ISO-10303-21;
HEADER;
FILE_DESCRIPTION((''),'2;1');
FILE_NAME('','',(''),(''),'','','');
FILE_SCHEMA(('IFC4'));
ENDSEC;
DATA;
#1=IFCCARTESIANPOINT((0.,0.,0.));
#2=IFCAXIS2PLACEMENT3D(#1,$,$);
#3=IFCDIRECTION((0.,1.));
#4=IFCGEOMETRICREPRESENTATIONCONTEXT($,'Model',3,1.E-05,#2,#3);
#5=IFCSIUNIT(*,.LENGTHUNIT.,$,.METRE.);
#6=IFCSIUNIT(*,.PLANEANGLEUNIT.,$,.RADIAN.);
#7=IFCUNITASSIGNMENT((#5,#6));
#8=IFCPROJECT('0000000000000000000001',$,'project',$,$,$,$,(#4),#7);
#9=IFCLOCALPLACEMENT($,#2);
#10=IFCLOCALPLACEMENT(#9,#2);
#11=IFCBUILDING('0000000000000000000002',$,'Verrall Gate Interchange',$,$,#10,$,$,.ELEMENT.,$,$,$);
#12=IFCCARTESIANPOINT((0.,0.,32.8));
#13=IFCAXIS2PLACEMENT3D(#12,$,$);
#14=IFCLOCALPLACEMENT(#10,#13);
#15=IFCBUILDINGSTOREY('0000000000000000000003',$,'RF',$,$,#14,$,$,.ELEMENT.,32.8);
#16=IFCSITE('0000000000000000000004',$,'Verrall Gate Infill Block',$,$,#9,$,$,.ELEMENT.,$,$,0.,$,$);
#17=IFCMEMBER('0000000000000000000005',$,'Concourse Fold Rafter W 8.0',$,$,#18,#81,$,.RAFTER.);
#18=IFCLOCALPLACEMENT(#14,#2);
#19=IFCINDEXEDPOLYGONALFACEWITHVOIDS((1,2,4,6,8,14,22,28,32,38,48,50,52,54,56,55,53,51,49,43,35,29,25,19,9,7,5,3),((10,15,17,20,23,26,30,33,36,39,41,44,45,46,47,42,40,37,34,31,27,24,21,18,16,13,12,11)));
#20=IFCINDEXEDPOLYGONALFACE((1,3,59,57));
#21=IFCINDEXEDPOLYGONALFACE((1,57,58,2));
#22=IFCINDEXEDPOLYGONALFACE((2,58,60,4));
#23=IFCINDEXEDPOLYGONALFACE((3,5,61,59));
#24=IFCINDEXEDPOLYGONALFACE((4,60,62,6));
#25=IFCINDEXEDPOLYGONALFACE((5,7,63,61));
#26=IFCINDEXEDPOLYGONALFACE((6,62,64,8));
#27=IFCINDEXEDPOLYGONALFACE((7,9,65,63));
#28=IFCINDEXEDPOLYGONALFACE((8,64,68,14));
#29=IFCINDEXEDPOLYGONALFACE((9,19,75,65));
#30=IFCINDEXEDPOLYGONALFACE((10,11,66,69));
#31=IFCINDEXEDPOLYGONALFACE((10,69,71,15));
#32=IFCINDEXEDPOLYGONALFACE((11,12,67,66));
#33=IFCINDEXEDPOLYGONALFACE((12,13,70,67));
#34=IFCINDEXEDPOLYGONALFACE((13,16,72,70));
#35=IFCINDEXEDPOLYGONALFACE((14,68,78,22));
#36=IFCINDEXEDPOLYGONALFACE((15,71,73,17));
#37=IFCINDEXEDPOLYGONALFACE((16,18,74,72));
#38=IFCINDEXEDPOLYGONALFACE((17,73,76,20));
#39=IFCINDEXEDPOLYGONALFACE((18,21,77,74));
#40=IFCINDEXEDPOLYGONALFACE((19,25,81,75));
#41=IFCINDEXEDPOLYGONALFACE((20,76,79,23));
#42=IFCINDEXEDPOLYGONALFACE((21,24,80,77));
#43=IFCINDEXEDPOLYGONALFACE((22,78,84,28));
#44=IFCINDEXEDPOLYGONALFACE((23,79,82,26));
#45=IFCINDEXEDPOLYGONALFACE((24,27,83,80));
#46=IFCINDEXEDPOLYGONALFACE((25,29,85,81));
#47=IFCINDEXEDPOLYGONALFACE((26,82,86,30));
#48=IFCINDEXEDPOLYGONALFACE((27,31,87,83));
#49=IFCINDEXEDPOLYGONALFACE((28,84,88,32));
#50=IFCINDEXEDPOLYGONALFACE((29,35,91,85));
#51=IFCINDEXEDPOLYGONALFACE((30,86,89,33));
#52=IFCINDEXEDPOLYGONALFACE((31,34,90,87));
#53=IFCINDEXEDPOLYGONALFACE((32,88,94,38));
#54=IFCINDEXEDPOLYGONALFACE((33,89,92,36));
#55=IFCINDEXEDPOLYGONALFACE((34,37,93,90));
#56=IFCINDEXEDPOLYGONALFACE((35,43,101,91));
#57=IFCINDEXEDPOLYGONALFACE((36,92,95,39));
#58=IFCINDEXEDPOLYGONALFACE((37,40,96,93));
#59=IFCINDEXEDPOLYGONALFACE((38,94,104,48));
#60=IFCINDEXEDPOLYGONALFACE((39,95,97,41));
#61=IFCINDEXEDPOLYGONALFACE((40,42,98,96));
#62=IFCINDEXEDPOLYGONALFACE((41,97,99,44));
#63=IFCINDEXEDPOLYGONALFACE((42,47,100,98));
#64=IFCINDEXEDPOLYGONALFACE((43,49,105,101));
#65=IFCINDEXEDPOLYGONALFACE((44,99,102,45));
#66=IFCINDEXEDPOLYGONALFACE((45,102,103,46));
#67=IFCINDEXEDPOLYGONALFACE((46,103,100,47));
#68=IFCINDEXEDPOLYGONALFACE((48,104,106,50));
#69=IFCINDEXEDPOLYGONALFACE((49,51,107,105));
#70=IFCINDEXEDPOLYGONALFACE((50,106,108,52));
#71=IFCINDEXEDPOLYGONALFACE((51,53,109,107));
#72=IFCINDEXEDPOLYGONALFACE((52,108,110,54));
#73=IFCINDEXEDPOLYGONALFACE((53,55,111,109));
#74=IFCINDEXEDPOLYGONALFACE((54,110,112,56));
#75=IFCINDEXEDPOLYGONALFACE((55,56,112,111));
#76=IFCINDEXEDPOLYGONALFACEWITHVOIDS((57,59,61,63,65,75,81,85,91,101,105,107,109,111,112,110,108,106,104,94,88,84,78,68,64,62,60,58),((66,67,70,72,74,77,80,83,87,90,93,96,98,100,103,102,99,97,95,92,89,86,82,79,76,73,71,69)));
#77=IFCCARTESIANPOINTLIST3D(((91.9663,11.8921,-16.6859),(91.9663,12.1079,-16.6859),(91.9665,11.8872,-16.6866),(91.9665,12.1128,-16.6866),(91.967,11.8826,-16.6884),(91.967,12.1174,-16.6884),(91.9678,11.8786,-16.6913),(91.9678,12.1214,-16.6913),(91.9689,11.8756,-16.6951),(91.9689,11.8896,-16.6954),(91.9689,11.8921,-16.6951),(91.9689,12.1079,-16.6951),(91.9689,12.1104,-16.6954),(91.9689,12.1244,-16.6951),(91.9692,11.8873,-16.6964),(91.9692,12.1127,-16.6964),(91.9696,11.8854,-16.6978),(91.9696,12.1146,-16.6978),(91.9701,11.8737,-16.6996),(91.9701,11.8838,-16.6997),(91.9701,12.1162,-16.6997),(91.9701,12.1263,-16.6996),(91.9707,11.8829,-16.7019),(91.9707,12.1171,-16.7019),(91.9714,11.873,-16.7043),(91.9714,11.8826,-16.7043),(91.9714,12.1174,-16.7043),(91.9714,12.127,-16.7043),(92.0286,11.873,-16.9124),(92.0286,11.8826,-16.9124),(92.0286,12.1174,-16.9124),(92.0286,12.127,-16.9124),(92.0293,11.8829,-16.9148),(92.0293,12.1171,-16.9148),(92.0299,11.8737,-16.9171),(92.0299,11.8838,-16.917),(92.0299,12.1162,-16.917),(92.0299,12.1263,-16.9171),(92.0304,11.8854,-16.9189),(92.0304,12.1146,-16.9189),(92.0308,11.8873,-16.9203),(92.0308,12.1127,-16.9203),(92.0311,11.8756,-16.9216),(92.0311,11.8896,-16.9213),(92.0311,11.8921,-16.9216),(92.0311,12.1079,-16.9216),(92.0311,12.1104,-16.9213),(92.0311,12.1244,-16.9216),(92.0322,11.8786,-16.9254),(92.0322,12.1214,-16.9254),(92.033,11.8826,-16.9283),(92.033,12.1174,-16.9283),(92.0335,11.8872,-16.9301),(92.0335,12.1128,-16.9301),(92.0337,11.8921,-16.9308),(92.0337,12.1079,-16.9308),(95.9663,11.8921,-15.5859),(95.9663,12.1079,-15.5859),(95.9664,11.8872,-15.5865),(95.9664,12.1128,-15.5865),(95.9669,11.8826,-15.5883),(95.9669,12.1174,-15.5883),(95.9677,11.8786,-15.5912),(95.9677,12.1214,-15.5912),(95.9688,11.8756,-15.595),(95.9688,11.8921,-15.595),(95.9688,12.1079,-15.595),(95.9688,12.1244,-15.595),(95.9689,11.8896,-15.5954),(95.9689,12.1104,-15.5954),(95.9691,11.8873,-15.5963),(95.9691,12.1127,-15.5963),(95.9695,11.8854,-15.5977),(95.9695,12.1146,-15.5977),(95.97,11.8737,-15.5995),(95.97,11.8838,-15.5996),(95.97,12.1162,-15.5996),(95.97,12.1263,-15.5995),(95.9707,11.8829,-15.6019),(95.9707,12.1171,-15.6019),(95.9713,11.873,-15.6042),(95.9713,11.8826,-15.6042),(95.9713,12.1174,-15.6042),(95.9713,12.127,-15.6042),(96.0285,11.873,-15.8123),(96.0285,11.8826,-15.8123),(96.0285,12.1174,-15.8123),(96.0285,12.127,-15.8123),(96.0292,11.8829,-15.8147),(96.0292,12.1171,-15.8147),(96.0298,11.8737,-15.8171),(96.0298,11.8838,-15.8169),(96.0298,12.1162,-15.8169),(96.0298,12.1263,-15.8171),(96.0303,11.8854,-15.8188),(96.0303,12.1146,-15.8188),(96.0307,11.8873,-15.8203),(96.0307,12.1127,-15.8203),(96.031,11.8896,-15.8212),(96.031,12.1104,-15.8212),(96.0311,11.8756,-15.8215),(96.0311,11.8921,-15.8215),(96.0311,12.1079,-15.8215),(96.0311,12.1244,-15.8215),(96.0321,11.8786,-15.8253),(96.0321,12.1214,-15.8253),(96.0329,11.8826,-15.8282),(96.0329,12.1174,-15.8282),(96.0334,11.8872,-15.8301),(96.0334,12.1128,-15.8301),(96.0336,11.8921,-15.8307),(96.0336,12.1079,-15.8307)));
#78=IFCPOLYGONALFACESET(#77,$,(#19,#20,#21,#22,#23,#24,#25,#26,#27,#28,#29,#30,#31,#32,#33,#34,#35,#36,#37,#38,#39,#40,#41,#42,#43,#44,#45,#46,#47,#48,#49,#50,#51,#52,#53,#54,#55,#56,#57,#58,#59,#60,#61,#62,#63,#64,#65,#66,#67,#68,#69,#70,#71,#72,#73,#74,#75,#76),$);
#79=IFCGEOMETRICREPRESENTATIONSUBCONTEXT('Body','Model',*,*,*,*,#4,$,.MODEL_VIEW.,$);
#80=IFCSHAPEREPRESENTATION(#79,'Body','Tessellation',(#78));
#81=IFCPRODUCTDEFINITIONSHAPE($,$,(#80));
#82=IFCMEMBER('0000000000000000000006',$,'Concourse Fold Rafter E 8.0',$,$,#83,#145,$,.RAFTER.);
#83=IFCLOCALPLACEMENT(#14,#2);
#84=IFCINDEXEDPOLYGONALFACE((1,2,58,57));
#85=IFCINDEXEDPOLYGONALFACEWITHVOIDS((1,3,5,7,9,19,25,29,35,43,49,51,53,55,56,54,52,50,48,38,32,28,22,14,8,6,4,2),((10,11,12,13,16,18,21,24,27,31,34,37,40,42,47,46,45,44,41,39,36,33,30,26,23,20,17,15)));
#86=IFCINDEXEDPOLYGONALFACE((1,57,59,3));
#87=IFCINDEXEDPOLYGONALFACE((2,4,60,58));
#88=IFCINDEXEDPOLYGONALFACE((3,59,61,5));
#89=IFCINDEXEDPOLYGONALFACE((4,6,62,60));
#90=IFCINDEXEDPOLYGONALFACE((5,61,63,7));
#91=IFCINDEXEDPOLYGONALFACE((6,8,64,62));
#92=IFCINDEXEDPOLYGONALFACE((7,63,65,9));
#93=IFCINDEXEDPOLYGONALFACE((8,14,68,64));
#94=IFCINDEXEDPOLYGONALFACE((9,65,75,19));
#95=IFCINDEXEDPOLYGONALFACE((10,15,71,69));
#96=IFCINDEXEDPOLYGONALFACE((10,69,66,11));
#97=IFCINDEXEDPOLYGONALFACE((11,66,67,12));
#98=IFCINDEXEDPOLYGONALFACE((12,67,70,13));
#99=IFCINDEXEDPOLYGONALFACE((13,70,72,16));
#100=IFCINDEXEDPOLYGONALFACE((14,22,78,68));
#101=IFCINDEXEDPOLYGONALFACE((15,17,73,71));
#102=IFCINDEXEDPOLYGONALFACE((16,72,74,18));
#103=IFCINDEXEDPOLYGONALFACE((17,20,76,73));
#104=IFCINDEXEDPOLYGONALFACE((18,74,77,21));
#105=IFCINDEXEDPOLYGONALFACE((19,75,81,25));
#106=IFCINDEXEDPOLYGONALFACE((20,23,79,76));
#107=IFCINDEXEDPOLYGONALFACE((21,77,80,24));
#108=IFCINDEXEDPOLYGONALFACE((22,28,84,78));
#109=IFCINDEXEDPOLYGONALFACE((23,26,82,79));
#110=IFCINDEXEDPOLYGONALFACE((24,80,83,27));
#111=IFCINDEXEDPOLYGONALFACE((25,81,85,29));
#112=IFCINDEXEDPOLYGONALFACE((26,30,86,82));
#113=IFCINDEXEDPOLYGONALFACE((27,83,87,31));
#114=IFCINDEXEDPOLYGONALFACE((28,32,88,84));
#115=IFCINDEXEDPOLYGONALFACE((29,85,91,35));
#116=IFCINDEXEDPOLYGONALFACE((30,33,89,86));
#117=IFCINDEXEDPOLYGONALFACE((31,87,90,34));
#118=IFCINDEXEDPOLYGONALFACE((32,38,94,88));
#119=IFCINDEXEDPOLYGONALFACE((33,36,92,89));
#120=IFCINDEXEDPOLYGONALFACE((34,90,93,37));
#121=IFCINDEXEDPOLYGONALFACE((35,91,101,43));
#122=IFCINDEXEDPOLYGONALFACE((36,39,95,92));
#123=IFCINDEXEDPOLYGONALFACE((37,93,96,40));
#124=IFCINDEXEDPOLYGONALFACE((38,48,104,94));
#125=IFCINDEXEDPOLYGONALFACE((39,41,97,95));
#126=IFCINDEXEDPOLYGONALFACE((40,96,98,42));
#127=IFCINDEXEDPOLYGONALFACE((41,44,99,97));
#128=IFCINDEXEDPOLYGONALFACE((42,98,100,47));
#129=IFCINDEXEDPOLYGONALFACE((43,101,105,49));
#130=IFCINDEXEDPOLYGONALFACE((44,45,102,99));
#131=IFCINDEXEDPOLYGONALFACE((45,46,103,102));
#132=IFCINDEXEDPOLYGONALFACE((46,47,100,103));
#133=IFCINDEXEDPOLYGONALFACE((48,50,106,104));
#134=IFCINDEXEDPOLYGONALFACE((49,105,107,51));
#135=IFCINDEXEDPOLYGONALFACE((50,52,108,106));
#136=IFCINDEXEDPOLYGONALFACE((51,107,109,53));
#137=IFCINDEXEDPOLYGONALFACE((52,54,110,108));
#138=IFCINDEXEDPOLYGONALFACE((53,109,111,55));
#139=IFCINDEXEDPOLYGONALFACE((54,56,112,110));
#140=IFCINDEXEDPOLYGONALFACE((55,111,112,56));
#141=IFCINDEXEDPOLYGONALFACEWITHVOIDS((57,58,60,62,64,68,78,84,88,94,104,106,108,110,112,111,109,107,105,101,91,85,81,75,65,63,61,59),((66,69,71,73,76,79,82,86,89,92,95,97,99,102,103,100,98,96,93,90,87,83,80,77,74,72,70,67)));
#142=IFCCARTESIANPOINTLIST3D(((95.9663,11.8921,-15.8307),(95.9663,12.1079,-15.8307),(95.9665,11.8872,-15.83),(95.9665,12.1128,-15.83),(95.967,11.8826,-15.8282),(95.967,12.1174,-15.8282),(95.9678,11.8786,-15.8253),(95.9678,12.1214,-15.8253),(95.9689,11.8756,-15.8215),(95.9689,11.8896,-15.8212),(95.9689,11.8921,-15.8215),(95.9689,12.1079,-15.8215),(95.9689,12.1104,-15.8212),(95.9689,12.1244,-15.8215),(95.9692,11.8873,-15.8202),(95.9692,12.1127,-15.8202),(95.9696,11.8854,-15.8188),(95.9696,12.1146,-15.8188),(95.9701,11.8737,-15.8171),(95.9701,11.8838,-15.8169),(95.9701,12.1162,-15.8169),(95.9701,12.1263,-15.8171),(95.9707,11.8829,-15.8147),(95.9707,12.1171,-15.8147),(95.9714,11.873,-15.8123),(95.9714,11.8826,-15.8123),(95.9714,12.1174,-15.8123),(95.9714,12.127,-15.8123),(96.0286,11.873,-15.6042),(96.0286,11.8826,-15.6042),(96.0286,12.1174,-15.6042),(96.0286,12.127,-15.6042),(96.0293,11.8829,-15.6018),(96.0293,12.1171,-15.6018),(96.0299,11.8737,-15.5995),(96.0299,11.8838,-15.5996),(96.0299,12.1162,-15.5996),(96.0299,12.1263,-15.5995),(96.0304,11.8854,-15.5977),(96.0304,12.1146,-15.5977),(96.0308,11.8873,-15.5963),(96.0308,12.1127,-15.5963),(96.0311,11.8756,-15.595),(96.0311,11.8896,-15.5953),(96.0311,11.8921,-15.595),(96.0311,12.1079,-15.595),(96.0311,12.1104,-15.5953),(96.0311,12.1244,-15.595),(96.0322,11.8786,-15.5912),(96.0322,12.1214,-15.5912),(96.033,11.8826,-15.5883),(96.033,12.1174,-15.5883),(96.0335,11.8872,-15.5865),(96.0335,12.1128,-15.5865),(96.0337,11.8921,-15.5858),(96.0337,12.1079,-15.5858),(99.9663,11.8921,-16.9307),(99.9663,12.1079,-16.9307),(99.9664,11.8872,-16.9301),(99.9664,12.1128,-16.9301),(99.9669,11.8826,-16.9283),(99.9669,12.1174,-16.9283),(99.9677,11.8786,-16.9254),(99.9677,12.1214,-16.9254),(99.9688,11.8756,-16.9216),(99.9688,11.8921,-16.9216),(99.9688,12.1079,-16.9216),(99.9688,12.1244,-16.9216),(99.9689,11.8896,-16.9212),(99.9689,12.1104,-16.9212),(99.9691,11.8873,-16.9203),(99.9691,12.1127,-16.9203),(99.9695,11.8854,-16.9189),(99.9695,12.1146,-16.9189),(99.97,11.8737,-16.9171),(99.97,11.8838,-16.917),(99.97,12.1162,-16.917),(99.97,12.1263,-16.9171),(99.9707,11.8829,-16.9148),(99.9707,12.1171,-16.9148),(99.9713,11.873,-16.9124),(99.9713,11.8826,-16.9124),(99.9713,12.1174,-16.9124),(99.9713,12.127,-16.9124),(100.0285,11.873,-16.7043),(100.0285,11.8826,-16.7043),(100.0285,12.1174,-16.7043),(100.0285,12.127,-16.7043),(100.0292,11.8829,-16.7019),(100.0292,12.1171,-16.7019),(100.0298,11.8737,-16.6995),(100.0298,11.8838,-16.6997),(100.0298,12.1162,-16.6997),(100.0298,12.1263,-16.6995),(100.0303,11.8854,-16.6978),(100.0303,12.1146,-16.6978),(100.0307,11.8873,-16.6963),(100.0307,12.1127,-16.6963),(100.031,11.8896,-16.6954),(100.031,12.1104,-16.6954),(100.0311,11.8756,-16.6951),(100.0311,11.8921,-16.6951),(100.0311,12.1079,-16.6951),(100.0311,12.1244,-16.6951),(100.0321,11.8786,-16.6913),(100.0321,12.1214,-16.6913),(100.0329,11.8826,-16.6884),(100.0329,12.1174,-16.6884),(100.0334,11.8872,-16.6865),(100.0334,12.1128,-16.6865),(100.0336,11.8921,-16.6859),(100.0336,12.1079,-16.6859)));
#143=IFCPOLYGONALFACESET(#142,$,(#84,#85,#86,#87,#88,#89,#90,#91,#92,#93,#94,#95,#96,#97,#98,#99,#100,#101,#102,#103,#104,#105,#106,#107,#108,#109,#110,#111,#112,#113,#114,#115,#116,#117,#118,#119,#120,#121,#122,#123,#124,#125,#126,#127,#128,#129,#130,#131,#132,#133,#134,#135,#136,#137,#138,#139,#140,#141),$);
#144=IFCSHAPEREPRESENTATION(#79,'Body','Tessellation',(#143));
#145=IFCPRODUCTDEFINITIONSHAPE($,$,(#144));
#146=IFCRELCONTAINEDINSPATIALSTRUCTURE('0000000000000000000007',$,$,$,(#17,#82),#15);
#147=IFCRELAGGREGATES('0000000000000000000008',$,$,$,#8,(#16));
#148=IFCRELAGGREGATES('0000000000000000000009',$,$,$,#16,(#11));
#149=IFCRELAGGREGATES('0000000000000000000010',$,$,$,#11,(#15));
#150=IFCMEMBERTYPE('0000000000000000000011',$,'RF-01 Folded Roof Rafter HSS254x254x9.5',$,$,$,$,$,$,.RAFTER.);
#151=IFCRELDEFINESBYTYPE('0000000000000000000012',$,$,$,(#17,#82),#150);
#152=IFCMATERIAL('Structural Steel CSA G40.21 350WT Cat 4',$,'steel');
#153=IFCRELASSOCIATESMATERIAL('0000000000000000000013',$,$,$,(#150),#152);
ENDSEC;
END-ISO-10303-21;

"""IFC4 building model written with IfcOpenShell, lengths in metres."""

from ifc_helpers import new_model, si_unit, direction, frame, origin, origin_2d, place, context, subcontext, project, spatial, hollow_rectangle, extrude, material, material_profile, profile_set, type_object, element, save


model = new_model("IFC4")

# Units and contexts
model_context = context("Model", 3, precision=1e-05, world=origin(), true_north=direction((0.0, 1.0)))
body_context = subcontext(model_context, "Body", "Model", "MODEL_VIEW")
ifc_project = project(units=[si_unit("LENGTHUNIT", "METRE"), si_unit("PLANEANGLEUNIT", "RADIAN")], contexts=[model_context])

# Site, building, storey
site_placement = place(None, origin())
site = spatial("IfcSite", under=ifc_project, at=site_placement, Name="Verrall Gate Infill Block", CompositionType="ELEMENT", RefElevation=0.0)
building_placement = place(site_placement, origin())
building = spatial("IfcBuilding", under=site, at=building_placement, Name="Verrall Gate Interchange", CompositionType="ELEMENT")
storey_placement = place(building_placement, frame((0.0, 0.0, 32.8)))
storey = spatial("IfcBuildingStorey", under=building, at=storey_placement, Name="RF", CompositionType="ELEMENT", Elevation=32.8)

# Members
ifc_material_1 = material(Name="Structural Steel CSA G40.21 350WT Cat 4", Category="steel")
ifc_material_profile_1 = material_profile(ifc_material_1, hollow_rectangle(XDim=0.2539, YDim=0.2539, WallThickness=0.0095, InnerFilletRadius=0.0095, OuterFilletRadius=0.019, at=origin_2d()), Name="HSS254x254x9.5")
ifc_profile_set_1 = profile_set([ifc_material_profile_1], Name="Structural Steel CSA G40.21 350WT Cat 4")
member_type_1 = type_object("IfcMemberType", Name="RF-01 Folded Roof Rafter HSS254x254x9.5", PredefinedType="RAFTER", material=ifc_profile_set_1)
for number, where, z_axis, x_axis, name in (
    (1, (92.0, 12.0, -16.8083), (0.964199, 0.0, 0.265178), (0.0, 1.0, 0.0), "Concourse Fold Rafter W 8.0"),
    (2, (96.0, 12.0, -15.7083), (0.964199, 0.0, -0.265178), (0.0, 1.0, 0.0), "Concourse Fold Rafter E 8.0"),
):
    element("IfcMember", number, at=place(storey_placement, frame(where, z_axis=z_axis, x_axis=x_axis)), inside=storey, type_object=member_type_1, Name=name, PredefinedType="RAFTER", context=body_context, shape_type="SweptSolid", body=[
        extrude(hollow_rectangle(XDim=0.2539, YDim=0.2539, WallThickness=0.0095, InnerFilletRadius=0.0095, OuterFilletRadius=0.019, at=origin_2d()), origin(), (0.0, 0.0, 1.0), 4.1484),
    ])

save(model, "model.ifc")
